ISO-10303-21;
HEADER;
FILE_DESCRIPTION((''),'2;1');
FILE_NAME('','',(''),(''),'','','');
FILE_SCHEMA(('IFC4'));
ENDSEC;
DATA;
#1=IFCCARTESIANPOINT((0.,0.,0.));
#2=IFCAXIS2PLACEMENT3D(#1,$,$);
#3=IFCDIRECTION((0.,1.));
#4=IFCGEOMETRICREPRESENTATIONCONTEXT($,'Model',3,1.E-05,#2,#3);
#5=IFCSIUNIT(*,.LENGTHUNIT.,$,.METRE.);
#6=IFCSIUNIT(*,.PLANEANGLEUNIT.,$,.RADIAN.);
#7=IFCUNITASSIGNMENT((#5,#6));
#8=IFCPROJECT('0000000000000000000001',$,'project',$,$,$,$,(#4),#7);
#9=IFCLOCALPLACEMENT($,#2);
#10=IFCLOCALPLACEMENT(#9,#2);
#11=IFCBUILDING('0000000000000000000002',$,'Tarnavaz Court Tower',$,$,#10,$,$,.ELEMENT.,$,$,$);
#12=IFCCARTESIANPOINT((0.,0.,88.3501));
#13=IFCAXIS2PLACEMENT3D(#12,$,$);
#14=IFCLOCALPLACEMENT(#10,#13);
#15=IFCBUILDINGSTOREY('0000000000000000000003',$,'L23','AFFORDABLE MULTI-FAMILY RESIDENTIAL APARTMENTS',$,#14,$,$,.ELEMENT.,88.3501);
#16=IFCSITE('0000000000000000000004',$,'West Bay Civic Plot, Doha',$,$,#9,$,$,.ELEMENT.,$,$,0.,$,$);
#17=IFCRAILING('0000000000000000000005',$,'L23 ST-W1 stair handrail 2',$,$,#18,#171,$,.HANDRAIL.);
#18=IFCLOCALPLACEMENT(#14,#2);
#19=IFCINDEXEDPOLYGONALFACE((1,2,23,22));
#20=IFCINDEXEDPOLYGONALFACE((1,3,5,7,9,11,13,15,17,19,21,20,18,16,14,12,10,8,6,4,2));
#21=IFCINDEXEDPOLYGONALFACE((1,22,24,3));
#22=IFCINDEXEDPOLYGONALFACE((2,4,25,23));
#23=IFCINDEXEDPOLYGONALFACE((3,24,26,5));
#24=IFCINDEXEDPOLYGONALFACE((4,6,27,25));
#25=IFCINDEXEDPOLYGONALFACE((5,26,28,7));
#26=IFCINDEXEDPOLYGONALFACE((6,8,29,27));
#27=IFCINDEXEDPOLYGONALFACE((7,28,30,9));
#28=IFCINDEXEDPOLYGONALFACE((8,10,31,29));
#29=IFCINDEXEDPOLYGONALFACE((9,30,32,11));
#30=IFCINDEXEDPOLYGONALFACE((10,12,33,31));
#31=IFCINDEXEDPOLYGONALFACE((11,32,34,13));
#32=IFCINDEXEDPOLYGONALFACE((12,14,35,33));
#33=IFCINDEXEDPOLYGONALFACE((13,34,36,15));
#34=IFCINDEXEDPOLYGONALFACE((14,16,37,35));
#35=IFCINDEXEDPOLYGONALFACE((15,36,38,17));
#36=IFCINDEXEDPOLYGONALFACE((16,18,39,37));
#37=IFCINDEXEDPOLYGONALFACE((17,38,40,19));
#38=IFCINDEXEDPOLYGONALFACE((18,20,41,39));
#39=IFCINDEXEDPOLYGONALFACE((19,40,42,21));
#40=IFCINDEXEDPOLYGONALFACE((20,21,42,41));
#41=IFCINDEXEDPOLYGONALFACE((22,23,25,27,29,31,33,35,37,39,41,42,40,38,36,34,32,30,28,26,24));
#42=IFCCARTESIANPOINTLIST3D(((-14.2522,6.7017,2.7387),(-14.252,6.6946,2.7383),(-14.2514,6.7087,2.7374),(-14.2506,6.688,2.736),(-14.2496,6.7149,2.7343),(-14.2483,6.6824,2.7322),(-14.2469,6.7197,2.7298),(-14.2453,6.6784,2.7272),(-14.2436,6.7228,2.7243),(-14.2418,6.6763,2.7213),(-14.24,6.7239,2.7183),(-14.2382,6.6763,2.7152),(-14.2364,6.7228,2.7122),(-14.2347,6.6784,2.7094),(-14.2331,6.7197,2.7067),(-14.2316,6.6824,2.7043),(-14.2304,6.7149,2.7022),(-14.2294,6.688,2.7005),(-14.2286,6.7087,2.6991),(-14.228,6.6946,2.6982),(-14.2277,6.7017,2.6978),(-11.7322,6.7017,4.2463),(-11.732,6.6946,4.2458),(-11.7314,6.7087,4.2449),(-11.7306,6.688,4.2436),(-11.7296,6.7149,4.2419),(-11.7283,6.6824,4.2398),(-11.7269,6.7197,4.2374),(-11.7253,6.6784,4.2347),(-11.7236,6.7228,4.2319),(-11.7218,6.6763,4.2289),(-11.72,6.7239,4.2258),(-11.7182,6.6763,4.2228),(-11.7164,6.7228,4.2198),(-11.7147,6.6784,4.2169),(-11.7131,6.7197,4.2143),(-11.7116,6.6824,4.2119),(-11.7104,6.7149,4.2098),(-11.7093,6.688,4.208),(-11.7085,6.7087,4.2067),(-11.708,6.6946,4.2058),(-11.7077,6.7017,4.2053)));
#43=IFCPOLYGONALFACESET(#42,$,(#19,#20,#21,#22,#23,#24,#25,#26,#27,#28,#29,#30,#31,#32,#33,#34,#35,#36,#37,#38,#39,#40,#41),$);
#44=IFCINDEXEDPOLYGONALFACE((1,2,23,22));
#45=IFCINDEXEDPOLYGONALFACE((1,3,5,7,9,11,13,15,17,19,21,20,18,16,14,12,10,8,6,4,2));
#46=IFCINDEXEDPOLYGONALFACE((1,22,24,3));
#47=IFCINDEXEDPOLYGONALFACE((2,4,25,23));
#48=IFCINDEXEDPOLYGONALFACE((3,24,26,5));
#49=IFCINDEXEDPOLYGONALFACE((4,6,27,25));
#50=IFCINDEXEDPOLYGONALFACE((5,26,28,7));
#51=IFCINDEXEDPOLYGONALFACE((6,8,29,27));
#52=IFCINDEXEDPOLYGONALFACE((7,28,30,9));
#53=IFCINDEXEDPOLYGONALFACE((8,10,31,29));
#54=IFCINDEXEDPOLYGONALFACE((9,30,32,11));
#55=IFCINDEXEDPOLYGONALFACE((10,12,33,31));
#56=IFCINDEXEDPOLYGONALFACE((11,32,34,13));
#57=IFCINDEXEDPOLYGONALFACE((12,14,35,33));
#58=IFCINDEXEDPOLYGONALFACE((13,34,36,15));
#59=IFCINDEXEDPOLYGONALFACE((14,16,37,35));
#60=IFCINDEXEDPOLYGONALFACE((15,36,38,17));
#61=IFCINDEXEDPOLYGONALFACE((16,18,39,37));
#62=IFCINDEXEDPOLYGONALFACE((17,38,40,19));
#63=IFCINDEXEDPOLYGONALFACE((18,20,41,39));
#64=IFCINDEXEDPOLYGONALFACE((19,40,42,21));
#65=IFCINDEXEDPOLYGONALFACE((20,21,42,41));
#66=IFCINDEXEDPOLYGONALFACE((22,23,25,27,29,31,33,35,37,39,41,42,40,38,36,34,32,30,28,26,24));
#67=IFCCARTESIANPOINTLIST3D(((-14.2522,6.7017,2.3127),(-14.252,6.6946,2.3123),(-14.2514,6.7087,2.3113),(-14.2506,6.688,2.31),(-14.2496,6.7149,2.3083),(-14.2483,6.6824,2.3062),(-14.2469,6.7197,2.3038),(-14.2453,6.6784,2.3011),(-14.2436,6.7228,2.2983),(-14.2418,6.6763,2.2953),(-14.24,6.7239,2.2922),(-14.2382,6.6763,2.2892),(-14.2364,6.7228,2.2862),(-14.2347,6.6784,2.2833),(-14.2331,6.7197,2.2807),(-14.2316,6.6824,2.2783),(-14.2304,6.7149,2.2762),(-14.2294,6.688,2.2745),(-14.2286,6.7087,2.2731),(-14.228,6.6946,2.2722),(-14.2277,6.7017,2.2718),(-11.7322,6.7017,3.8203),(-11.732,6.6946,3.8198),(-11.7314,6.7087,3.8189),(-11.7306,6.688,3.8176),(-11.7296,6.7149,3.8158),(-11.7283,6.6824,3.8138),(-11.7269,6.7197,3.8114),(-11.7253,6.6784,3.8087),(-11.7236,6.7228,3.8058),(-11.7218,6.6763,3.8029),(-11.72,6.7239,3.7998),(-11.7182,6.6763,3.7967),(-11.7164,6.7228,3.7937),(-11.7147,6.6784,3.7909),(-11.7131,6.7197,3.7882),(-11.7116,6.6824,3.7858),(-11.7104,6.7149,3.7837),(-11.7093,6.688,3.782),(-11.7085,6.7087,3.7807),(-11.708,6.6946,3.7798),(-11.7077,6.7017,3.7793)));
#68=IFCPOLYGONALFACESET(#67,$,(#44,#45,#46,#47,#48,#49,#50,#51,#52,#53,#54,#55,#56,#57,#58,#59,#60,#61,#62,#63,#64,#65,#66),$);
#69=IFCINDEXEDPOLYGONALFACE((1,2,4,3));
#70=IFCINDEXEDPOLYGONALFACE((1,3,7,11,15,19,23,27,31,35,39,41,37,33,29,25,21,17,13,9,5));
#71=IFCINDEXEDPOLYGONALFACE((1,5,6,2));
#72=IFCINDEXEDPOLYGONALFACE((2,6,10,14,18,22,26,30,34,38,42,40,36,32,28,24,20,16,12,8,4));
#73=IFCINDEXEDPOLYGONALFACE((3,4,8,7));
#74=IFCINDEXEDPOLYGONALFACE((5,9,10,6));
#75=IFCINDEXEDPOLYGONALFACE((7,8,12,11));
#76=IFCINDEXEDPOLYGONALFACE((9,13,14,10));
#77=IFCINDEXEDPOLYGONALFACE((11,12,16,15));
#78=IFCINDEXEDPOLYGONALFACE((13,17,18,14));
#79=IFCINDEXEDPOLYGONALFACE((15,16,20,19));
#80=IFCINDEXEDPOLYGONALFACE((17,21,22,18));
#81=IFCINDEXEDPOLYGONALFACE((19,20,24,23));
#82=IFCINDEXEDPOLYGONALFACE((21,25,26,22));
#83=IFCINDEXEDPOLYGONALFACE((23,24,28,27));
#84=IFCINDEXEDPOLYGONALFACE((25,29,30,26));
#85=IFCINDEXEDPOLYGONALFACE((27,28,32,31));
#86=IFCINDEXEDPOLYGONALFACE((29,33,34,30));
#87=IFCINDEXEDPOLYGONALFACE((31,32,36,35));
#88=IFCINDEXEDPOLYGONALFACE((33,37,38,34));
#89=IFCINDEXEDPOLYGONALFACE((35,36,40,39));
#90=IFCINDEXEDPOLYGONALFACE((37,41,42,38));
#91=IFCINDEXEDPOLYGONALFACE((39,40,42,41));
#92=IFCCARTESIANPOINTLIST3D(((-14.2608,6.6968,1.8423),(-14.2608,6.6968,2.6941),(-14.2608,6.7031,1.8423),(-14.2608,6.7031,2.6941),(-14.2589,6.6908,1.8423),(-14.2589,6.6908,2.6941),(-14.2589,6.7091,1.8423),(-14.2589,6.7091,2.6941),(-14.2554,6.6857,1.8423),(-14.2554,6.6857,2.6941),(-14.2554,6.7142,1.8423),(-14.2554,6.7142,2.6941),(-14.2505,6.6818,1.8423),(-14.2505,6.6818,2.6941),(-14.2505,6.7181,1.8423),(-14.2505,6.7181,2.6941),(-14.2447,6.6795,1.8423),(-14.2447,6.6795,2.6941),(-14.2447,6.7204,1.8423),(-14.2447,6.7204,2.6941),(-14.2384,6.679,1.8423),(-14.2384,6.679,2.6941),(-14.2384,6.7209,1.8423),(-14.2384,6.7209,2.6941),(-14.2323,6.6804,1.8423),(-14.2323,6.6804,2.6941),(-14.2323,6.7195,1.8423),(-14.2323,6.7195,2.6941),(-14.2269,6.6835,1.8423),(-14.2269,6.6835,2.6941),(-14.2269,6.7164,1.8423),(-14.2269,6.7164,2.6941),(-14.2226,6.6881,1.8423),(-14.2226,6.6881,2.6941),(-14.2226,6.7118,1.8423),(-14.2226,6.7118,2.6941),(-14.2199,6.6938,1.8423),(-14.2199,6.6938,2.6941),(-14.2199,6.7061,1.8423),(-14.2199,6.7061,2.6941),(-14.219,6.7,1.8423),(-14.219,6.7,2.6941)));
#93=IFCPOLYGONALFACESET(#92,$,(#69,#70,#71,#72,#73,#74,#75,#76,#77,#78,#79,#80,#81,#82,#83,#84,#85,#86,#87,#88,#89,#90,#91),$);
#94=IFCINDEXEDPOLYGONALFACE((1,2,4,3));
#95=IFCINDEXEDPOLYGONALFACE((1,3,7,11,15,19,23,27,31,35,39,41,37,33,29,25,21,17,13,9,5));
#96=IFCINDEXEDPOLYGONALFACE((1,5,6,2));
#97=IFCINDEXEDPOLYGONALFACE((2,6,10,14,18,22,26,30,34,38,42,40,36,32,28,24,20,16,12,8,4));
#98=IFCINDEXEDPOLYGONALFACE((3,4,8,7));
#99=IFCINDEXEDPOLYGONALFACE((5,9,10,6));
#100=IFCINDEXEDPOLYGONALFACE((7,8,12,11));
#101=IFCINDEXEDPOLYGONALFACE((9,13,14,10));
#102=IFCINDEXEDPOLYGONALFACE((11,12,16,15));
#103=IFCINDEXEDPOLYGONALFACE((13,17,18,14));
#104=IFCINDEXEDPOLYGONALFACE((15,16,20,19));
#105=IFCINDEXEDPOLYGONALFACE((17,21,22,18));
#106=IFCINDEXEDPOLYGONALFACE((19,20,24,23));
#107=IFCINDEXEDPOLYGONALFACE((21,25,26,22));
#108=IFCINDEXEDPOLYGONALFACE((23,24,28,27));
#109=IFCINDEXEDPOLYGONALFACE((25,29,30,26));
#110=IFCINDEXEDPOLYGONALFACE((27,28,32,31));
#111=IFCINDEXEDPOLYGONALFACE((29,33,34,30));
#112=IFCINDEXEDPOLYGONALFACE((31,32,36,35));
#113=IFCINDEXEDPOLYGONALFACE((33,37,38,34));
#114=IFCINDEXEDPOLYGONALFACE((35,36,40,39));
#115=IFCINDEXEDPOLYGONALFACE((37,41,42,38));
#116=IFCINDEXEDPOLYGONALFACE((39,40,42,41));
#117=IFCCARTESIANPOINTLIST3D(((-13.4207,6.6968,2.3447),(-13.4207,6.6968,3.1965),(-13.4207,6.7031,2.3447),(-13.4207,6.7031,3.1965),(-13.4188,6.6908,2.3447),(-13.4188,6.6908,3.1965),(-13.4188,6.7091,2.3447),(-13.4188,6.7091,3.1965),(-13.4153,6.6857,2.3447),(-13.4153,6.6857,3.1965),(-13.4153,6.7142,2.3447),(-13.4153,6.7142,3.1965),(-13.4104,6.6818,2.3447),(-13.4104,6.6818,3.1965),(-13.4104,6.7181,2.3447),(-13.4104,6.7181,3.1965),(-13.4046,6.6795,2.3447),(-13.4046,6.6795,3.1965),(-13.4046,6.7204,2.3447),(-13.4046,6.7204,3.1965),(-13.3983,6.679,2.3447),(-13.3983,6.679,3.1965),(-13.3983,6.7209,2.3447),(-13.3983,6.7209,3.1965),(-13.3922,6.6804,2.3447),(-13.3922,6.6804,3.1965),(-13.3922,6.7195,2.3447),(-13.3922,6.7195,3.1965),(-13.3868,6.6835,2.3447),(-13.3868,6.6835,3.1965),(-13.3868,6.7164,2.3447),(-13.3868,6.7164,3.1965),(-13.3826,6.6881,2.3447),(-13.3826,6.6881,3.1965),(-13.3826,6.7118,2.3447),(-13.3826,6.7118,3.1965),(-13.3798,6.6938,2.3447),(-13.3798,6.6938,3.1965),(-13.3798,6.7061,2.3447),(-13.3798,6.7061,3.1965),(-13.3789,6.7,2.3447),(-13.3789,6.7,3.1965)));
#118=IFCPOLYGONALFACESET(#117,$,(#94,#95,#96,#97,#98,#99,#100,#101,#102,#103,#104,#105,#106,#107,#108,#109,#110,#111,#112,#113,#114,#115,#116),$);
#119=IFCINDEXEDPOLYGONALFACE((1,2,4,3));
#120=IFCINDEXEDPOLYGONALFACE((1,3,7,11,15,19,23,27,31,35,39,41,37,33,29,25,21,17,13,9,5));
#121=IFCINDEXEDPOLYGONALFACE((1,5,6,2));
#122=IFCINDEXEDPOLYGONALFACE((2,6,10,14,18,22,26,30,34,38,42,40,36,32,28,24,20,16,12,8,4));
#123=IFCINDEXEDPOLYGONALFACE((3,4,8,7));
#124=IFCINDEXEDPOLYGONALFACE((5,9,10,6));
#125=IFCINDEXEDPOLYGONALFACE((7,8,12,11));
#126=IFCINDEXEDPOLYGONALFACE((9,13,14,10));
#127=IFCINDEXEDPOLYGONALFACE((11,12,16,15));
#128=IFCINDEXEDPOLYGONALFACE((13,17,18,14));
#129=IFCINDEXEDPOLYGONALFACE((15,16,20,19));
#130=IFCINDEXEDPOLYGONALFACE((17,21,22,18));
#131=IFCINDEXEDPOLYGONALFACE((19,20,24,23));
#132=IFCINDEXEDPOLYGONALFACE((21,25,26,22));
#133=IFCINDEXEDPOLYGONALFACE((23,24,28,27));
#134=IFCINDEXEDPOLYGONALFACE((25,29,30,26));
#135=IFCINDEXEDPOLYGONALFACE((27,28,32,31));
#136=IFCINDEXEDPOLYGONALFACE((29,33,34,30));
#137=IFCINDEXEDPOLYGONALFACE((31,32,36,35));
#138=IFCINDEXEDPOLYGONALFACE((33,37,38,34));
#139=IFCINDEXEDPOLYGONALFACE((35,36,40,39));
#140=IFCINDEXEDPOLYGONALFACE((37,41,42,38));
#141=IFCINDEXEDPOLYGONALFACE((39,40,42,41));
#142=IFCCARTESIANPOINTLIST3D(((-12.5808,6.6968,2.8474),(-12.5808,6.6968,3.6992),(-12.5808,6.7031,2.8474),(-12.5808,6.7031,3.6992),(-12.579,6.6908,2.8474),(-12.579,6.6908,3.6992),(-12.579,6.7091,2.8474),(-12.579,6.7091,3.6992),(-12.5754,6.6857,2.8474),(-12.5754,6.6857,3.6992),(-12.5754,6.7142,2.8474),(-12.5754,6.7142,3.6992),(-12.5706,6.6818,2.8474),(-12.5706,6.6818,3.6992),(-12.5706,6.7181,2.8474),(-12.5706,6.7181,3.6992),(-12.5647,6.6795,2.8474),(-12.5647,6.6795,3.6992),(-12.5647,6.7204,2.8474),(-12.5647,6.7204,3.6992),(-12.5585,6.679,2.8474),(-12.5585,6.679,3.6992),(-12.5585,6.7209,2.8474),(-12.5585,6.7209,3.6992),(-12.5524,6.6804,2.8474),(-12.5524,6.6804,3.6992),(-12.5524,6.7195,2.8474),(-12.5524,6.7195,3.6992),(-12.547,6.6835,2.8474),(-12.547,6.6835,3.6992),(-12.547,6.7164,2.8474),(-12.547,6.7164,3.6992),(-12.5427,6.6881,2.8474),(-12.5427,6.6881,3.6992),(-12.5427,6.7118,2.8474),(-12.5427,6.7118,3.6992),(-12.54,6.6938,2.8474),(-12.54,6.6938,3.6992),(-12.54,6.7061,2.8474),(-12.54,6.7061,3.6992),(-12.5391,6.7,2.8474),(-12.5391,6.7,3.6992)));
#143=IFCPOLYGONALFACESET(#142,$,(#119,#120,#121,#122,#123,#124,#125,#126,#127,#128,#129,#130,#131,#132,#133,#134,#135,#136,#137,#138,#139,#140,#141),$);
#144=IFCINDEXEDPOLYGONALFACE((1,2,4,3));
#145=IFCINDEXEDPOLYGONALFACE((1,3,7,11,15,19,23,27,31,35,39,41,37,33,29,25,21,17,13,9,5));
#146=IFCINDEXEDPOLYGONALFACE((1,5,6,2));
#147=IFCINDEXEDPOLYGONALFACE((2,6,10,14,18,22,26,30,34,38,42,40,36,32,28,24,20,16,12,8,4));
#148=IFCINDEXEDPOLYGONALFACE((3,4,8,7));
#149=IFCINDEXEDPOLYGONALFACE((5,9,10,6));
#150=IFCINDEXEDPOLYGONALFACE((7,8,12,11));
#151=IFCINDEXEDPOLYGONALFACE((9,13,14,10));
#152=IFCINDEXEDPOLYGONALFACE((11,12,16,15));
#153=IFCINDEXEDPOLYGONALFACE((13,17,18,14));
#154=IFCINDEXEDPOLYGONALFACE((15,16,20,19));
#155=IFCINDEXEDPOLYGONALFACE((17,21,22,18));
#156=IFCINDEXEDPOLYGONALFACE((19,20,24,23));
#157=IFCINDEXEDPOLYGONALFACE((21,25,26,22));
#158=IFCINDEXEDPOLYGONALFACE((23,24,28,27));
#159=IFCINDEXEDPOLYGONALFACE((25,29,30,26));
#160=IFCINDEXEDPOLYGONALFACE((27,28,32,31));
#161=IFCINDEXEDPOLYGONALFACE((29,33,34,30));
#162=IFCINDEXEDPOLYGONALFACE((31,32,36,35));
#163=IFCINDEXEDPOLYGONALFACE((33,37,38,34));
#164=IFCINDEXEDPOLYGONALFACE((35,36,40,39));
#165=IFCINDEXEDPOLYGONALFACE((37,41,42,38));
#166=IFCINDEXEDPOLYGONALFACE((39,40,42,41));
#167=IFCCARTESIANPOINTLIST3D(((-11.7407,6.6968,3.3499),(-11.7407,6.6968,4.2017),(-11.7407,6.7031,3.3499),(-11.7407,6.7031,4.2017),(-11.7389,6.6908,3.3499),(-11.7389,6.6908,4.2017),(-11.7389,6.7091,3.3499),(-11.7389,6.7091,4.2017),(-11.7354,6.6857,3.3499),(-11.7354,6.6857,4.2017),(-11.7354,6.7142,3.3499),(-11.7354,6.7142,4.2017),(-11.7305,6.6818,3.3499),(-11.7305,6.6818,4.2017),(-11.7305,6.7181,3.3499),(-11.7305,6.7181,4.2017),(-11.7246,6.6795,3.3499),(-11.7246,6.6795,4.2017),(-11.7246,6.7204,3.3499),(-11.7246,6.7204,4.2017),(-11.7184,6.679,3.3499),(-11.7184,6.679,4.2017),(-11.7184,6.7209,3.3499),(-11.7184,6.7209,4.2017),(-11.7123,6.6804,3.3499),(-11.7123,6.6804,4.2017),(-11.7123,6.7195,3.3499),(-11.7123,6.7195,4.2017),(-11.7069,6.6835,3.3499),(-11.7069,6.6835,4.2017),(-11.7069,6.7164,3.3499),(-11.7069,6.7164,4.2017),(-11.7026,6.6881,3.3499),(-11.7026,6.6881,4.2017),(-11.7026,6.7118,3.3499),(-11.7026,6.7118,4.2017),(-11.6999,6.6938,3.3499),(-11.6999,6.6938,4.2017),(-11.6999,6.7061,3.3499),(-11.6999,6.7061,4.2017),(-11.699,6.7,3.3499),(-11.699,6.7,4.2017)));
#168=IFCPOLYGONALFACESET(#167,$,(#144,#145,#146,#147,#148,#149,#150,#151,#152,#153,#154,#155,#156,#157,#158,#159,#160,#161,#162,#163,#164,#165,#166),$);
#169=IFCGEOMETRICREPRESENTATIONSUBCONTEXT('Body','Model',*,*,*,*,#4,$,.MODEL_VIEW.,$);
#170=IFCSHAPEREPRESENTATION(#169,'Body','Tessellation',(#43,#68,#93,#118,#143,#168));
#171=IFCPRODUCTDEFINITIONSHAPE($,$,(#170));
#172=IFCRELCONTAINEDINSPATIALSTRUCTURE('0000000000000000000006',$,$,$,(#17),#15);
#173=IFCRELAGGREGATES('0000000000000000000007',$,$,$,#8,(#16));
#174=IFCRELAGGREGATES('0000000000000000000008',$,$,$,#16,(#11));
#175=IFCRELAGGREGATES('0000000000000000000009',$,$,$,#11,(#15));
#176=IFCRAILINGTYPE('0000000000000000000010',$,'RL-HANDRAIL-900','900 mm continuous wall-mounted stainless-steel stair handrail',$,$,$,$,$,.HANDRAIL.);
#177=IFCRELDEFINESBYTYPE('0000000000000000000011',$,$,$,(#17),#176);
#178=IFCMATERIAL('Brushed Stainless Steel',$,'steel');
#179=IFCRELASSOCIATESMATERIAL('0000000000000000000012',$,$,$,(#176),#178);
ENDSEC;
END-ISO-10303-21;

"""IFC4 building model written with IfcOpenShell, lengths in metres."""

from ifc_helpers import new_model, si_unit, direction, frame, origin, origin_2d, place, context, subcontext, project, spatial, circle, extrude, material, type_object, element, save


model = new_model("IFC4")

# Units and contexts
model_context = context("Model", 3, precision=1e-05, world=origin(), true_north=direction((0.0, 1.0)))
body_context = subcontext(model_context, "Body", "Model", "MODEL_VIEW")
ifc_project = project(units=[si_unit("LENGTHUNIT", "METRE"), si_unit("PLANEANGLEUNIT", "RADIAN")], contexts=[model_context])

# Site, building, storey
site_placement = place(None, origin())
site = spatial("IfcSite", under=ifc_project, at=site_placement, Name="West Bay Civic Plot, Doha", CompositionType="ELEMENT", RefElevation=0.0)
building_placement = place(site_placement, origin())
building = spatial("IfcBuilding", under=site, at=building_placement, Name="Tarnavaz Court Tower", CompositionType="ELEMENT")
storey_placement = place(building_placement, frame((0.0, 0.0, 88.3501)))
storey = spatial("IfcBuildingStorey", under=building, at=storey_placement, Name="L23", Description="AFFORDABLE MULTI-FAMILY RESIDENTIAL APARTMENTS", CompositionType="ELEMENT", Elevation=88.3501)

# Railing
ifc_material_1 = material(Name="Brushed Stainless Steel", Category="steel")
railing_type_1 = type_object("IfcRailingType", Name="RL-HANDRAIL-900", Description="900 mm continuous wall-mounted stainless-steel stair handrail", PredefinedType="HANDRAIL", material=ifc_material_1)
railing_1_placement = place(storey_placement, frame((-14.24, 6.7, 1.8423)))
element("IfcRailing", 1, at=railing_1_placement, inside=storey, type_object=railing_type_1, Name="L23 ST-W1 stair handrail 2", PredefinedType="HANDRAIL", context=body_context, shape_type="SweptSolid", body=[
    extrude(circle(Radius=0.0239, at=origin_2d()), frame((0.0, 0.0, 0.876), z_axis=(0.85816, 0.0, 0.513383), x_axis=(0.0, 1.0, 0.0)), (0.0, 0.0, 1.0), 2.9365),
    extrude(circle(Radius=0.0239, at=origin_2d()), frame((0.0, 0.0, 0.45), z_axis=(0.85816, 0.0, 0.513383), x_axis=(0.0, 1.0, 0.0)), (0.0, 0.0, 1.0), 2.9365),
    extrude(circle(Radius=0.021, at=origin_2d()), origin(), (0.0, 0.0, 1.0), 0.8518),
    extrude(circle(Radius=0.021, at=origin_2d()), frame((0.8401, 0.0, 0.5024)), (0.0, 0.0, 1.0), 0.8518),
    extrude(circle(Radius=0.021, at=origin_2d()), frame((1.6799, 0.0, 1.0051)), (0.0, 0.0, 1.0), 0.8518),
    extrude(circle(Radius=0.021, at=origin_2d()), frame((2.52, 0.0, 1.5076)), (0.0, 0.0, 1.0), 0.8518),
])

save(model, "model.ifc")
